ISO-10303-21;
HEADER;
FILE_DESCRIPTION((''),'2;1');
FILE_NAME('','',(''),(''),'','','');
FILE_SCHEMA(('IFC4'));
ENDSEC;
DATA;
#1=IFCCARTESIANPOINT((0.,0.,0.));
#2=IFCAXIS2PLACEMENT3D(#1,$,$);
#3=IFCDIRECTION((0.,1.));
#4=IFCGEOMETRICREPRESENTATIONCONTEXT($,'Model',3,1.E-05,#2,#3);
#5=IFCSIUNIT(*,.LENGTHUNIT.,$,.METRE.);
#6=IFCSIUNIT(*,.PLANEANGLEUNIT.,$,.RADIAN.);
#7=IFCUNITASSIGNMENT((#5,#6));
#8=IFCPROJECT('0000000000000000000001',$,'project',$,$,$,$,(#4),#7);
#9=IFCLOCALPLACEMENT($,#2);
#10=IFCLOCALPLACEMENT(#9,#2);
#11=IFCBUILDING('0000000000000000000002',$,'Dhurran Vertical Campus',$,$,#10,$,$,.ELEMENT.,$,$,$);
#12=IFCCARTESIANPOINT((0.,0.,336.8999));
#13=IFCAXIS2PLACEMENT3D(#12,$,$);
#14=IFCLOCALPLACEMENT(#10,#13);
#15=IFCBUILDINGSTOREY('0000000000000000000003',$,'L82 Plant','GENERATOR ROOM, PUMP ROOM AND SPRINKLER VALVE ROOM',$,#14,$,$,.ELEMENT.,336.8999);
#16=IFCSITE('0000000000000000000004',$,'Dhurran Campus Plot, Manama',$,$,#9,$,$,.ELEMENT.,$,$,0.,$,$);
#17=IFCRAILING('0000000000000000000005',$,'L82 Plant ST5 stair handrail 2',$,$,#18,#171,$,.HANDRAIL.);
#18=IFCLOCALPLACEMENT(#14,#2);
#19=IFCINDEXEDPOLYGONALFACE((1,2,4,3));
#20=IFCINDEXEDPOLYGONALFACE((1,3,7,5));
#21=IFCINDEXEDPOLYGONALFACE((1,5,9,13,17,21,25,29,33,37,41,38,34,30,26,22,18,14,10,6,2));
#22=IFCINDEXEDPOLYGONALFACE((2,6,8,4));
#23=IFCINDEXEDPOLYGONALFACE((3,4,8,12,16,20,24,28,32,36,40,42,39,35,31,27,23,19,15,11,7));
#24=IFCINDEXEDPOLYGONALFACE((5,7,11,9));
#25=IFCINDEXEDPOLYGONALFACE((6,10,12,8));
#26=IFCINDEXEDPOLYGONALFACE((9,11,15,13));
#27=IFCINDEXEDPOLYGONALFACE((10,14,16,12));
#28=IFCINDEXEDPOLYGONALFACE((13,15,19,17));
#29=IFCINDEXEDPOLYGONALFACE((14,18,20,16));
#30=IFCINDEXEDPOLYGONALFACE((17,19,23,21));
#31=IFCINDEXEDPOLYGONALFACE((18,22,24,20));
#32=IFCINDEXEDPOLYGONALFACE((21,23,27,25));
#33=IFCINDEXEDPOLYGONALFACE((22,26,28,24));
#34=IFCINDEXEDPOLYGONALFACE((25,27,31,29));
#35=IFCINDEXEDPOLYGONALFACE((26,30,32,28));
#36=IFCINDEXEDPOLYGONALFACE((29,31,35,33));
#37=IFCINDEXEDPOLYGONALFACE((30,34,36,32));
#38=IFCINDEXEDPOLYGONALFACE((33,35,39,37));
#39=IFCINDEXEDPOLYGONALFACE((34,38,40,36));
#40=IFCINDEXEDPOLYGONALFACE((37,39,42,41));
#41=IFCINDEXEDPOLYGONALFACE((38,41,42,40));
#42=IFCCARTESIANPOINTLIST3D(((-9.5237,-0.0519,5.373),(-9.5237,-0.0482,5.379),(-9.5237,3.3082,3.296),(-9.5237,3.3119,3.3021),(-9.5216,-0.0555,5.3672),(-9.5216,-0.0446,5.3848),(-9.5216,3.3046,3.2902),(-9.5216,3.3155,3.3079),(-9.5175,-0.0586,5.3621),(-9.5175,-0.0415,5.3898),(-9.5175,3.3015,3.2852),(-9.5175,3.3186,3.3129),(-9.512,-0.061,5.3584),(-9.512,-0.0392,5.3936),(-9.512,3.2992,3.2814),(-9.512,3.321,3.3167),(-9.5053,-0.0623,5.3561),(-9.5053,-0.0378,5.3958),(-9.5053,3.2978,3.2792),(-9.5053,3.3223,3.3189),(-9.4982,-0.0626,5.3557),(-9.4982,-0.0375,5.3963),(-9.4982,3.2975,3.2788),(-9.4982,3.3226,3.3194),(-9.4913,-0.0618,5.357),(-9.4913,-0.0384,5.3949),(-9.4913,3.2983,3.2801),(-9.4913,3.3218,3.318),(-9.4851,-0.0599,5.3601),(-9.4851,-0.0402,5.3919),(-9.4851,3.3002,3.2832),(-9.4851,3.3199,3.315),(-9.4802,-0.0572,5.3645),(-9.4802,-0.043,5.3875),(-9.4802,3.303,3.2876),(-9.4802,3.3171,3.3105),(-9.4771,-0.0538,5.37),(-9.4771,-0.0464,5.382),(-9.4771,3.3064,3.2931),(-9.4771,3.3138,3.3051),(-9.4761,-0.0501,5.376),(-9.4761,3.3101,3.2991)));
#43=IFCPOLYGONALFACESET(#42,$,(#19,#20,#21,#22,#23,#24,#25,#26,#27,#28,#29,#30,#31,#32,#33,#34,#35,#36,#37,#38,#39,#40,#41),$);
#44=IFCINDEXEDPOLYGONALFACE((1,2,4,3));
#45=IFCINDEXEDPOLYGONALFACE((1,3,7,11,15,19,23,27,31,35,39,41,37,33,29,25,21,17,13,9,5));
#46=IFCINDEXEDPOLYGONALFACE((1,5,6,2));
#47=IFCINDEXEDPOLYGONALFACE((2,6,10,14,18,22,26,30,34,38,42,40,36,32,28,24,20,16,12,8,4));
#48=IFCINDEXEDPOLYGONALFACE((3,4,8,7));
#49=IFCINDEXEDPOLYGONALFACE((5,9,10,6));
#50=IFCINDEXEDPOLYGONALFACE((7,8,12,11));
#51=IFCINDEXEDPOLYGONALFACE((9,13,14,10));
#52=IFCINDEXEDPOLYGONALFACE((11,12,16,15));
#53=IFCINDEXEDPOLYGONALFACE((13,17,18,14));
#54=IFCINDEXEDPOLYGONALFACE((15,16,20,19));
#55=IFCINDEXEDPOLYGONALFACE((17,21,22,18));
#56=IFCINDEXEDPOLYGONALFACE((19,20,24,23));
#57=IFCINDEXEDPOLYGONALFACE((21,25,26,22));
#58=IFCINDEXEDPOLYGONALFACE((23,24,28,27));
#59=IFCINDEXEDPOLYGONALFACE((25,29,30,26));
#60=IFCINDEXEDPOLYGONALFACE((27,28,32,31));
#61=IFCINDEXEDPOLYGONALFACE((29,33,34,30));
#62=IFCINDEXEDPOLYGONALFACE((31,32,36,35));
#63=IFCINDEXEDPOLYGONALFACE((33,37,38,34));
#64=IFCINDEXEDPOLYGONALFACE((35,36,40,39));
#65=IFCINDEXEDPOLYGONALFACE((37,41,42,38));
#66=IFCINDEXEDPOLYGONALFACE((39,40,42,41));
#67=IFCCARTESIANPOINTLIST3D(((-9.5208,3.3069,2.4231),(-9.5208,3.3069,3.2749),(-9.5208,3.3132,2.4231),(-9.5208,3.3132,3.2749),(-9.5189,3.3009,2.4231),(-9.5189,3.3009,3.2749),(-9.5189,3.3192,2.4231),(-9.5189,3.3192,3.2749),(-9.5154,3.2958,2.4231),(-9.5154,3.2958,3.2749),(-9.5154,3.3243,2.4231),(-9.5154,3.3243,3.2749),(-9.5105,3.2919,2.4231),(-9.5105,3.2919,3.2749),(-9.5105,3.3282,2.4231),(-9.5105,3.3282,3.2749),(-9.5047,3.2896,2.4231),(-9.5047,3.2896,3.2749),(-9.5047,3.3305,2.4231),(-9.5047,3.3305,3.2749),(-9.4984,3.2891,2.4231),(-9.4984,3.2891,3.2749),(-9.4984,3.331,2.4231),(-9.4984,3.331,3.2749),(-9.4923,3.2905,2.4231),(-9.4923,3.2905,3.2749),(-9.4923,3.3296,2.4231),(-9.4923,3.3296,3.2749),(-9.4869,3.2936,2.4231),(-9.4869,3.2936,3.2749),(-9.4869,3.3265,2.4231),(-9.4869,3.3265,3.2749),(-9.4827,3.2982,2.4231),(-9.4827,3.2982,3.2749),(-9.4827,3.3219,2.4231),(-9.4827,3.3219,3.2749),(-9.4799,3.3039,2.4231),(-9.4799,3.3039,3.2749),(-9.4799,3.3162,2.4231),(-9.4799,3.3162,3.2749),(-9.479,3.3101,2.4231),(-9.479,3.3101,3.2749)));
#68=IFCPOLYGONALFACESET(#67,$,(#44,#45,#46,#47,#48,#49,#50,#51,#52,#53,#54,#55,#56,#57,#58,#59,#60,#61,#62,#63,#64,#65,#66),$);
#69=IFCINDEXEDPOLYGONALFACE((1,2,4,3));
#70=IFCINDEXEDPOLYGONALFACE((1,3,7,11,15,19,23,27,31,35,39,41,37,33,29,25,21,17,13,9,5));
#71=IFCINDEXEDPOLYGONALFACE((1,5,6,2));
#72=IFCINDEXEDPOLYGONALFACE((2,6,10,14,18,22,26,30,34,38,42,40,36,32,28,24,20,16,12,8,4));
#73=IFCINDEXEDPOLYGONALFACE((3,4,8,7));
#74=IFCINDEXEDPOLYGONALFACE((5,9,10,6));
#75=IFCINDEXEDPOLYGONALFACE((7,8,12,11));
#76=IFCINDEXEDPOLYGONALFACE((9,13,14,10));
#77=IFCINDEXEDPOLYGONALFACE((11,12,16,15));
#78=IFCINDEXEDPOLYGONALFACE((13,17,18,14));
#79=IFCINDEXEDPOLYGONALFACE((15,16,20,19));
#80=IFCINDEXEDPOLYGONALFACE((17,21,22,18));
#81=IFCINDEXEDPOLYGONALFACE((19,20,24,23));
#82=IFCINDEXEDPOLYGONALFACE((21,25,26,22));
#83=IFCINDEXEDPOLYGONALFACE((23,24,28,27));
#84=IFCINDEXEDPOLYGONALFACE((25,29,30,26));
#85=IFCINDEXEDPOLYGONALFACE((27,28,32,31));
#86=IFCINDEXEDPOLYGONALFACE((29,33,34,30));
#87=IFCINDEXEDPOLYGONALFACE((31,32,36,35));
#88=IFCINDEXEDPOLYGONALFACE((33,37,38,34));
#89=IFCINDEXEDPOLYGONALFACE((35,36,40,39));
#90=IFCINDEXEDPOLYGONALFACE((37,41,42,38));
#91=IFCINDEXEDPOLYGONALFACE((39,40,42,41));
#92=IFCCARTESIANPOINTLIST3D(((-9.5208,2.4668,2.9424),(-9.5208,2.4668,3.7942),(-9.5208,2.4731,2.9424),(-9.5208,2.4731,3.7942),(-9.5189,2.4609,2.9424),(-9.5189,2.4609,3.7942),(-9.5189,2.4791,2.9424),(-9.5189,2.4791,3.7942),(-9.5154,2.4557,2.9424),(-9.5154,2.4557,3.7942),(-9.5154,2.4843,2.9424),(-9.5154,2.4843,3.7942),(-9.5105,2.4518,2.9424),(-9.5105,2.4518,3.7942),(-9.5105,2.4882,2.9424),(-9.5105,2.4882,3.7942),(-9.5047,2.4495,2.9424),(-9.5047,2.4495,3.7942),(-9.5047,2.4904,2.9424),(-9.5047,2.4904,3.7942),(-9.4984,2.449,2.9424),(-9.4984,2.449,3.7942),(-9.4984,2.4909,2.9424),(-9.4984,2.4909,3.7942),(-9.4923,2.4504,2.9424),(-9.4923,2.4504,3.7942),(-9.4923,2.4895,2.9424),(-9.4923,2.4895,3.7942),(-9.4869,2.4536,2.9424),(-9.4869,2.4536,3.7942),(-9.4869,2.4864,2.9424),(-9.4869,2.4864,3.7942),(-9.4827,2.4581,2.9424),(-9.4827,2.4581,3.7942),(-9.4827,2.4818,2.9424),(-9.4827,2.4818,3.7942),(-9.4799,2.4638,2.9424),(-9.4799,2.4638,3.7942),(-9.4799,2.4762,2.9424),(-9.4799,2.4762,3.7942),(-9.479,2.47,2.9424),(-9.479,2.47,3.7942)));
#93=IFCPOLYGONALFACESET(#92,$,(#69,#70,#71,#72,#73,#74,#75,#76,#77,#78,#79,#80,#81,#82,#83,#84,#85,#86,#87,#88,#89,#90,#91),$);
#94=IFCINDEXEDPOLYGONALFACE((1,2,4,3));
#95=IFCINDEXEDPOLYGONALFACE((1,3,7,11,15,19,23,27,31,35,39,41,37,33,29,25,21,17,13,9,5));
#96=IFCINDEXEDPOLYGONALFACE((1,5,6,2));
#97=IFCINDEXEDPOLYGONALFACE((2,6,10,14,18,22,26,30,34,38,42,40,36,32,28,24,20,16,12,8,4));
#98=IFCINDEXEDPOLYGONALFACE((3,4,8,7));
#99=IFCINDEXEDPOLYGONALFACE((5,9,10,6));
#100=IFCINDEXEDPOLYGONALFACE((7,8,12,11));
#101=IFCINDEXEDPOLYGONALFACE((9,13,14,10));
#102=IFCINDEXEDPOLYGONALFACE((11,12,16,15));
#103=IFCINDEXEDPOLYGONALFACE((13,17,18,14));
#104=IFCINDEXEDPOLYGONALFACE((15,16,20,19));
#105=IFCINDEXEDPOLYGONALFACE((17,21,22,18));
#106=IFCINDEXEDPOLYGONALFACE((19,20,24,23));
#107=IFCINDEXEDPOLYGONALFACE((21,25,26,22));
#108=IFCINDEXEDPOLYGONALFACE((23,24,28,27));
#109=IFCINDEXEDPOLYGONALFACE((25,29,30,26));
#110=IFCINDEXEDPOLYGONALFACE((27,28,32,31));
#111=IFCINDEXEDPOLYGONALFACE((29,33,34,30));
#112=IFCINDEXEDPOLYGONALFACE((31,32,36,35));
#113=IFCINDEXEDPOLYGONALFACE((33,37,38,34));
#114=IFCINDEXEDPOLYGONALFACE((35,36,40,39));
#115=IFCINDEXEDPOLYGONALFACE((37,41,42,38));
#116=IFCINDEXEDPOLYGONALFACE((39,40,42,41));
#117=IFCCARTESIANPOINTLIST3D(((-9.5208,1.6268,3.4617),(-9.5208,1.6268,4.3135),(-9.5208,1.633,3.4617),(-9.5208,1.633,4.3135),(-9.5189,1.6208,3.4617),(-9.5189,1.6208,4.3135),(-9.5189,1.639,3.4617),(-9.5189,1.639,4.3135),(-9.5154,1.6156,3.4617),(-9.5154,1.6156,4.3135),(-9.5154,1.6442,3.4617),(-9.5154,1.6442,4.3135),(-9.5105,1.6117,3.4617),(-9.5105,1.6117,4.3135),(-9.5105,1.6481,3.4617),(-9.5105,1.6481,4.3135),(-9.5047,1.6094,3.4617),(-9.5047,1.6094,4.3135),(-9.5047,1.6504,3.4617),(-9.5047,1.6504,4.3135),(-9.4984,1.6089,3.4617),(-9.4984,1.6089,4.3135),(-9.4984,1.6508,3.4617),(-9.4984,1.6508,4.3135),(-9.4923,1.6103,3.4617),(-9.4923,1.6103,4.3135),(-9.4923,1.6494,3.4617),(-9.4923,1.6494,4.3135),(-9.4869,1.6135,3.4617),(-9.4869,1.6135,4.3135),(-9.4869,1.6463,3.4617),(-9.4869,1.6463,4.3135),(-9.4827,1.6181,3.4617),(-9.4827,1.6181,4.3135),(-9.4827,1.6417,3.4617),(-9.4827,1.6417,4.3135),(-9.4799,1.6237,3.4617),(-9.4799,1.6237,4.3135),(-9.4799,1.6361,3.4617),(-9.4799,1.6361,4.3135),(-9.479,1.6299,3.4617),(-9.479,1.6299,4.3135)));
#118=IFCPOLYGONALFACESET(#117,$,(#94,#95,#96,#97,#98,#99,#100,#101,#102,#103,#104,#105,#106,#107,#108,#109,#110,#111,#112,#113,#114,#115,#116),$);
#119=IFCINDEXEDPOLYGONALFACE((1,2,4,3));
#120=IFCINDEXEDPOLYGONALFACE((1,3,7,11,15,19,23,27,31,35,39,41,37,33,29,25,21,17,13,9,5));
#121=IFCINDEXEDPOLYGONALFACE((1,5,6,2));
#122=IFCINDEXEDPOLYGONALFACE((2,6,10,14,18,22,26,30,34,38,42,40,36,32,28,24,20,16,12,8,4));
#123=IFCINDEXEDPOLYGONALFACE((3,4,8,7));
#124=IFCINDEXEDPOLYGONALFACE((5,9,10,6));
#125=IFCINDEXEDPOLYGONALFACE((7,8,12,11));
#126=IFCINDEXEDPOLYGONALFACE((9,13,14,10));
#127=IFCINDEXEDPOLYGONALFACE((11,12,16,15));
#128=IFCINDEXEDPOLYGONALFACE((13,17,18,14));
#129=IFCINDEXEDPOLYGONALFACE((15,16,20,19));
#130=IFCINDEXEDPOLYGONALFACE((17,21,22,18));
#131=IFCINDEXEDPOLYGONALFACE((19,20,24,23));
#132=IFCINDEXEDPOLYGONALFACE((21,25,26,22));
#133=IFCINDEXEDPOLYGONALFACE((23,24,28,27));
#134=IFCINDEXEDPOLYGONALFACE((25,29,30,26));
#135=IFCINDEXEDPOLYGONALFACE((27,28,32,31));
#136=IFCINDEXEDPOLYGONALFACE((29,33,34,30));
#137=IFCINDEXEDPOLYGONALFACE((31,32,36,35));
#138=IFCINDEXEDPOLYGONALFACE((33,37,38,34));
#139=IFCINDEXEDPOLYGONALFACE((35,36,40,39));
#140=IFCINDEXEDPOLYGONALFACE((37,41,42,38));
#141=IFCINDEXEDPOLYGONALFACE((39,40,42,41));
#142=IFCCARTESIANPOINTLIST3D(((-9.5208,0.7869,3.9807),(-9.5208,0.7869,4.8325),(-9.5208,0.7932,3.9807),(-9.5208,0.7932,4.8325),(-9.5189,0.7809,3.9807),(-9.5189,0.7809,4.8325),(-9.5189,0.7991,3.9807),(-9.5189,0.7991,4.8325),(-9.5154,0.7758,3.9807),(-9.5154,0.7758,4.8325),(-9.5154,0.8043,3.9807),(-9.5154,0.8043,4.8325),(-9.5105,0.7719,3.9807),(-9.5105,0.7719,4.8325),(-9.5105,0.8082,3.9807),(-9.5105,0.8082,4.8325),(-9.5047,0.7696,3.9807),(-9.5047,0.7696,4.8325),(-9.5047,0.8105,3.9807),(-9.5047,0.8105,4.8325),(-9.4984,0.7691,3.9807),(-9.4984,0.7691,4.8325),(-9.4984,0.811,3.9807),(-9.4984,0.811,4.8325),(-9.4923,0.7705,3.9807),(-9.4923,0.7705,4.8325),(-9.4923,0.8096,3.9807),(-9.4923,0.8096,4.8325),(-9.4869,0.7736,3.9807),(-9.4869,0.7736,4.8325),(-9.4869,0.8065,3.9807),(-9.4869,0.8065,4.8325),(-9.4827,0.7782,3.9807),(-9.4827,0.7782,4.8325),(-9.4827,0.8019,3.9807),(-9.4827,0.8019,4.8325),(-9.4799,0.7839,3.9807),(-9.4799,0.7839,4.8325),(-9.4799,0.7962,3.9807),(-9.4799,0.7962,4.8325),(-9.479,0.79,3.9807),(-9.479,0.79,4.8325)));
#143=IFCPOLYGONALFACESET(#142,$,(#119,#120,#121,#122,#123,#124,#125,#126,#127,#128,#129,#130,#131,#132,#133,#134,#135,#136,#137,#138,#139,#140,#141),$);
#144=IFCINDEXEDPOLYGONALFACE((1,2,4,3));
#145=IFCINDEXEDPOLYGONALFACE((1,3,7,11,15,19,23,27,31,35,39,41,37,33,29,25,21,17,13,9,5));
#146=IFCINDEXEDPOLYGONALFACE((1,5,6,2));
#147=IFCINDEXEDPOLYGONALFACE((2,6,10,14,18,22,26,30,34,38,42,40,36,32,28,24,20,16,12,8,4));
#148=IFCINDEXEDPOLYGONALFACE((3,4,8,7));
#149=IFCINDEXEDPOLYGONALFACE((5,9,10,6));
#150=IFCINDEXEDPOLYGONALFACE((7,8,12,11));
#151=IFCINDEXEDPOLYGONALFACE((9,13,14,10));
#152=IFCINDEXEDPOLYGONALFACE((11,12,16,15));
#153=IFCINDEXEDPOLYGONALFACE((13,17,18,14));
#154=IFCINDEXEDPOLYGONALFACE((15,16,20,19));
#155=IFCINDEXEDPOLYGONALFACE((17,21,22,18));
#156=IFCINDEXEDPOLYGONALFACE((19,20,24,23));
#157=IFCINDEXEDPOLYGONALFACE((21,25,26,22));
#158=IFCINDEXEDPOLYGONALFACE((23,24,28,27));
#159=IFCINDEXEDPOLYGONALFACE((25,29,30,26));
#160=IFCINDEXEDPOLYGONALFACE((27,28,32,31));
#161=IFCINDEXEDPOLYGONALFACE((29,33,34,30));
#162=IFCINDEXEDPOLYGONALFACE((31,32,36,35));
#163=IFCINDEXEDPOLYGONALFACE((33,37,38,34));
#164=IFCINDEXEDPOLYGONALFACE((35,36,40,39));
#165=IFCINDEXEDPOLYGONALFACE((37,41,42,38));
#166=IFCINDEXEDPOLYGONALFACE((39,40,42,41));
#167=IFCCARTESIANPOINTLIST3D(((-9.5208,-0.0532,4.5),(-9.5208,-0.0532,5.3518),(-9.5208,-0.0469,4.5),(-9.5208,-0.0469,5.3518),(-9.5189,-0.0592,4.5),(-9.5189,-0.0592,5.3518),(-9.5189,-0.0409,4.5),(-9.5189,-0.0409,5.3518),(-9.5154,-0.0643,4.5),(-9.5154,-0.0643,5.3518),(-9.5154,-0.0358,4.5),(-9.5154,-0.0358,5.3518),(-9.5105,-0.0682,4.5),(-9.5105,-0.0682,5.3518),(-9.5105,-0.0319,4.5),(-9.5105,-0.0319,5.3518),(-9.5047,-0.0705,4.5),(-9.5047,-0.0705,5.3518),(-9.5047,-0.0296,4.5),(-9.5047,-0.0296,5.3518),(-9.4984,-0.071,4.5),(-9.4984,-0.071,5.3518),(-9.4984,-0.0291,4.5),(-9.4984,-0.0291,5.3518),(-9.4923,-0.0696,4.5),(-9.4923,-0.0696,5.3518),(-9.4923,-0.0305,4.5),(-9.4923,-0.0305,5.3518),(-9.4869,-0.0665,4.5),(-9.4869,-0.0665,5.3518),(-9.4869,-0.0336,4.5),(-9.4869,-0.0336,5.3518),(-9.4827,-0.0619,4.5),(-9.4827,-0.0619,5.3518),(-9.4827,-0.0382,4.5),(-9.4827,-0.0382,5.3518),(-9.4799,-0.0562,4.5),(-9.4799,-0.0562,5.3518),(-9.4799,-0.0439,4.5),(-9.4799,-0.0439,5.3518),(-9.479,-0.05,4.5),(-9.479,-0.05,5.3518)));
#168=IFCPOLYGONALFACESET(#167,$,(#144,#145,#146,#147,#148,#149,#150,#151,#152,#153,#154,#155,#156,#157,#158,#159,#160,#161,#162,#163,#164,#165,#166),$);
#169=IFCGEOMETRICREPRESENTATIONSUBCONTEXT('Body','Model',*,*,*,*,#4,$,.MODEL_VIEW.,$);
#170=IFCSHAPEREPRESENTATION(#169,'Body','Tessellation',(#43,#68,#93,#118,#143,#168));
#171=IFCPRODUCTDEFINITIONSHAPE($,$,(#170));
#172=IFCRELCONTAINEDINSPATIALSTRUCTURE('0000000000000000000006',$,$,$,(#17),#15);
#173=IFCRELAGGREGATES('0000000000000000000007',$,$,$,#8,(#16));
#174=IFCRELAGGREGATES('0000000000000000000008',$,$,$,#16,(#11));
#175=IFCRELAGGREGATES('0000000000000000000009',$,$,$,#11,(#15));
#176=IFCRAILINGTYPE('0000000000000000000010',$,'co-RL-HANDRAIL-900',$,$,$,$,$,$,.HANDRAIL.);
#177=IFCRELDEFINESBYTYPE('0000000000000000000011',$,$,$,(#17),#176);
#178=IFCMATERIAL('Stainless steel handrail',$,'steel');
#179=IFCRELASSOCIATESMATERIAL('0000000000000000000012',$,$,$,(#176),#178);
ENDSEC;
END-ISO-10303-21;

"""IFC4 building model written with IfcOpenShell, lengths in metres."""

from ifc_helpers import new_model, si_unit, direction, frame, origin, origin_2d, place, context, subcontext, project, spatial, circle, extrude, material, type_object, element, save


model = new_model("IFC4")

# Units and contexts
model_context = context("Model", 3, precision=1e-05, world=origin(), true_north=direction((0.0, 1.0)))
body_context = subcontext(model_context, "Body", "Model", "MODEL_VIEW")
ifc_project = project(units=[si_unit("LENGTHUNIT", "METRE"), si_unit("PLANEANGLEUNIT", "RADIAN")], contexts=[model_context])

# Site, building, storey
site_placement = place(None, origin())
site = spatial("IfcSite", under=ifc_project, at=site_placement, Name="Dhurran Campus Plot, Manama", CompositionType="ELEMENT", RefElevation=0.0)
building_placement = place(site_placement, origin())
building = spatial("IfcBuilding", under=site, at=building_placement, Name="Dhurran Vertical Campus", CompositionType="ELEMENT")
storey_placement = place(building_placement, frame((0.0, 0.0, 336.8999)))
storey = spatial("IfcBuildingStorey", under=building, at=storey_placement, Name="L82 Plant", Description="GENERATOR ROOM, PUMP ROOM AND SPRINKLER VALVE ROOM", CompositionType="ELEMENT", Elevation=336.8999)

# Railing
ifc_material_1 = material(Name="Stainless steel handrail", Category="steel")
railing_type_1 = type_object("IfcRailingType", Name="co-RL-HANDRAIL-900", PredefinedType="HANDRAIL", material=ifc_material_1)
railing_1_placement = place(storey_placement, frame((-9.5, 3.3101, 2.4231)))
element("IfcRailing", 1, at=railing_1_placement, inside=storey, type_object=railing_type_1, Name="L82 Plant ST5 stair handrail 2", PredefinedType="HANDRAIL", context=body_context, shape_type="SweptSolid", body=[
    extrude(circle(Radius=0.0239, at=origin_2d()), frame((0.0, 0.0, 0.876), z_axis=(0.0, -0.850623, 0.525776), x_axis=(1.0, 0.0, 0.0)), (0.0, 0.0, 1.0), 3.9502),
    extrude(circle(Radius=0.021, at=origin_2d()), origin(), (0.0, 0.0, 1.0), 0.8518),
    extrude(circle(Radius=0.021, at=origin_2d()), frame((0.0, -0.8401, 0.5193)), (0.0, 0.0, 1.0), 0.8518),
    extrude(circle(Radius=0.021, at=origin_2d()), frame((0.0, -1.6802, 1.0386)), (0.0, 0.0, 1.0), 0.8518),
    extrude(circle(Radius=0.021, at=origin_2d()), frame((0.0, -2.52, 1.5576)), (0.0, 0.0, 1.0), 0.8518),
    extrude(circle(Radius=0.021, at=origin_2d()), frame((0.0, -3.3601, 2.0769)), (0.0, 0.0, 1.0), 0.8518),
])

save(model, "model.ifc")
